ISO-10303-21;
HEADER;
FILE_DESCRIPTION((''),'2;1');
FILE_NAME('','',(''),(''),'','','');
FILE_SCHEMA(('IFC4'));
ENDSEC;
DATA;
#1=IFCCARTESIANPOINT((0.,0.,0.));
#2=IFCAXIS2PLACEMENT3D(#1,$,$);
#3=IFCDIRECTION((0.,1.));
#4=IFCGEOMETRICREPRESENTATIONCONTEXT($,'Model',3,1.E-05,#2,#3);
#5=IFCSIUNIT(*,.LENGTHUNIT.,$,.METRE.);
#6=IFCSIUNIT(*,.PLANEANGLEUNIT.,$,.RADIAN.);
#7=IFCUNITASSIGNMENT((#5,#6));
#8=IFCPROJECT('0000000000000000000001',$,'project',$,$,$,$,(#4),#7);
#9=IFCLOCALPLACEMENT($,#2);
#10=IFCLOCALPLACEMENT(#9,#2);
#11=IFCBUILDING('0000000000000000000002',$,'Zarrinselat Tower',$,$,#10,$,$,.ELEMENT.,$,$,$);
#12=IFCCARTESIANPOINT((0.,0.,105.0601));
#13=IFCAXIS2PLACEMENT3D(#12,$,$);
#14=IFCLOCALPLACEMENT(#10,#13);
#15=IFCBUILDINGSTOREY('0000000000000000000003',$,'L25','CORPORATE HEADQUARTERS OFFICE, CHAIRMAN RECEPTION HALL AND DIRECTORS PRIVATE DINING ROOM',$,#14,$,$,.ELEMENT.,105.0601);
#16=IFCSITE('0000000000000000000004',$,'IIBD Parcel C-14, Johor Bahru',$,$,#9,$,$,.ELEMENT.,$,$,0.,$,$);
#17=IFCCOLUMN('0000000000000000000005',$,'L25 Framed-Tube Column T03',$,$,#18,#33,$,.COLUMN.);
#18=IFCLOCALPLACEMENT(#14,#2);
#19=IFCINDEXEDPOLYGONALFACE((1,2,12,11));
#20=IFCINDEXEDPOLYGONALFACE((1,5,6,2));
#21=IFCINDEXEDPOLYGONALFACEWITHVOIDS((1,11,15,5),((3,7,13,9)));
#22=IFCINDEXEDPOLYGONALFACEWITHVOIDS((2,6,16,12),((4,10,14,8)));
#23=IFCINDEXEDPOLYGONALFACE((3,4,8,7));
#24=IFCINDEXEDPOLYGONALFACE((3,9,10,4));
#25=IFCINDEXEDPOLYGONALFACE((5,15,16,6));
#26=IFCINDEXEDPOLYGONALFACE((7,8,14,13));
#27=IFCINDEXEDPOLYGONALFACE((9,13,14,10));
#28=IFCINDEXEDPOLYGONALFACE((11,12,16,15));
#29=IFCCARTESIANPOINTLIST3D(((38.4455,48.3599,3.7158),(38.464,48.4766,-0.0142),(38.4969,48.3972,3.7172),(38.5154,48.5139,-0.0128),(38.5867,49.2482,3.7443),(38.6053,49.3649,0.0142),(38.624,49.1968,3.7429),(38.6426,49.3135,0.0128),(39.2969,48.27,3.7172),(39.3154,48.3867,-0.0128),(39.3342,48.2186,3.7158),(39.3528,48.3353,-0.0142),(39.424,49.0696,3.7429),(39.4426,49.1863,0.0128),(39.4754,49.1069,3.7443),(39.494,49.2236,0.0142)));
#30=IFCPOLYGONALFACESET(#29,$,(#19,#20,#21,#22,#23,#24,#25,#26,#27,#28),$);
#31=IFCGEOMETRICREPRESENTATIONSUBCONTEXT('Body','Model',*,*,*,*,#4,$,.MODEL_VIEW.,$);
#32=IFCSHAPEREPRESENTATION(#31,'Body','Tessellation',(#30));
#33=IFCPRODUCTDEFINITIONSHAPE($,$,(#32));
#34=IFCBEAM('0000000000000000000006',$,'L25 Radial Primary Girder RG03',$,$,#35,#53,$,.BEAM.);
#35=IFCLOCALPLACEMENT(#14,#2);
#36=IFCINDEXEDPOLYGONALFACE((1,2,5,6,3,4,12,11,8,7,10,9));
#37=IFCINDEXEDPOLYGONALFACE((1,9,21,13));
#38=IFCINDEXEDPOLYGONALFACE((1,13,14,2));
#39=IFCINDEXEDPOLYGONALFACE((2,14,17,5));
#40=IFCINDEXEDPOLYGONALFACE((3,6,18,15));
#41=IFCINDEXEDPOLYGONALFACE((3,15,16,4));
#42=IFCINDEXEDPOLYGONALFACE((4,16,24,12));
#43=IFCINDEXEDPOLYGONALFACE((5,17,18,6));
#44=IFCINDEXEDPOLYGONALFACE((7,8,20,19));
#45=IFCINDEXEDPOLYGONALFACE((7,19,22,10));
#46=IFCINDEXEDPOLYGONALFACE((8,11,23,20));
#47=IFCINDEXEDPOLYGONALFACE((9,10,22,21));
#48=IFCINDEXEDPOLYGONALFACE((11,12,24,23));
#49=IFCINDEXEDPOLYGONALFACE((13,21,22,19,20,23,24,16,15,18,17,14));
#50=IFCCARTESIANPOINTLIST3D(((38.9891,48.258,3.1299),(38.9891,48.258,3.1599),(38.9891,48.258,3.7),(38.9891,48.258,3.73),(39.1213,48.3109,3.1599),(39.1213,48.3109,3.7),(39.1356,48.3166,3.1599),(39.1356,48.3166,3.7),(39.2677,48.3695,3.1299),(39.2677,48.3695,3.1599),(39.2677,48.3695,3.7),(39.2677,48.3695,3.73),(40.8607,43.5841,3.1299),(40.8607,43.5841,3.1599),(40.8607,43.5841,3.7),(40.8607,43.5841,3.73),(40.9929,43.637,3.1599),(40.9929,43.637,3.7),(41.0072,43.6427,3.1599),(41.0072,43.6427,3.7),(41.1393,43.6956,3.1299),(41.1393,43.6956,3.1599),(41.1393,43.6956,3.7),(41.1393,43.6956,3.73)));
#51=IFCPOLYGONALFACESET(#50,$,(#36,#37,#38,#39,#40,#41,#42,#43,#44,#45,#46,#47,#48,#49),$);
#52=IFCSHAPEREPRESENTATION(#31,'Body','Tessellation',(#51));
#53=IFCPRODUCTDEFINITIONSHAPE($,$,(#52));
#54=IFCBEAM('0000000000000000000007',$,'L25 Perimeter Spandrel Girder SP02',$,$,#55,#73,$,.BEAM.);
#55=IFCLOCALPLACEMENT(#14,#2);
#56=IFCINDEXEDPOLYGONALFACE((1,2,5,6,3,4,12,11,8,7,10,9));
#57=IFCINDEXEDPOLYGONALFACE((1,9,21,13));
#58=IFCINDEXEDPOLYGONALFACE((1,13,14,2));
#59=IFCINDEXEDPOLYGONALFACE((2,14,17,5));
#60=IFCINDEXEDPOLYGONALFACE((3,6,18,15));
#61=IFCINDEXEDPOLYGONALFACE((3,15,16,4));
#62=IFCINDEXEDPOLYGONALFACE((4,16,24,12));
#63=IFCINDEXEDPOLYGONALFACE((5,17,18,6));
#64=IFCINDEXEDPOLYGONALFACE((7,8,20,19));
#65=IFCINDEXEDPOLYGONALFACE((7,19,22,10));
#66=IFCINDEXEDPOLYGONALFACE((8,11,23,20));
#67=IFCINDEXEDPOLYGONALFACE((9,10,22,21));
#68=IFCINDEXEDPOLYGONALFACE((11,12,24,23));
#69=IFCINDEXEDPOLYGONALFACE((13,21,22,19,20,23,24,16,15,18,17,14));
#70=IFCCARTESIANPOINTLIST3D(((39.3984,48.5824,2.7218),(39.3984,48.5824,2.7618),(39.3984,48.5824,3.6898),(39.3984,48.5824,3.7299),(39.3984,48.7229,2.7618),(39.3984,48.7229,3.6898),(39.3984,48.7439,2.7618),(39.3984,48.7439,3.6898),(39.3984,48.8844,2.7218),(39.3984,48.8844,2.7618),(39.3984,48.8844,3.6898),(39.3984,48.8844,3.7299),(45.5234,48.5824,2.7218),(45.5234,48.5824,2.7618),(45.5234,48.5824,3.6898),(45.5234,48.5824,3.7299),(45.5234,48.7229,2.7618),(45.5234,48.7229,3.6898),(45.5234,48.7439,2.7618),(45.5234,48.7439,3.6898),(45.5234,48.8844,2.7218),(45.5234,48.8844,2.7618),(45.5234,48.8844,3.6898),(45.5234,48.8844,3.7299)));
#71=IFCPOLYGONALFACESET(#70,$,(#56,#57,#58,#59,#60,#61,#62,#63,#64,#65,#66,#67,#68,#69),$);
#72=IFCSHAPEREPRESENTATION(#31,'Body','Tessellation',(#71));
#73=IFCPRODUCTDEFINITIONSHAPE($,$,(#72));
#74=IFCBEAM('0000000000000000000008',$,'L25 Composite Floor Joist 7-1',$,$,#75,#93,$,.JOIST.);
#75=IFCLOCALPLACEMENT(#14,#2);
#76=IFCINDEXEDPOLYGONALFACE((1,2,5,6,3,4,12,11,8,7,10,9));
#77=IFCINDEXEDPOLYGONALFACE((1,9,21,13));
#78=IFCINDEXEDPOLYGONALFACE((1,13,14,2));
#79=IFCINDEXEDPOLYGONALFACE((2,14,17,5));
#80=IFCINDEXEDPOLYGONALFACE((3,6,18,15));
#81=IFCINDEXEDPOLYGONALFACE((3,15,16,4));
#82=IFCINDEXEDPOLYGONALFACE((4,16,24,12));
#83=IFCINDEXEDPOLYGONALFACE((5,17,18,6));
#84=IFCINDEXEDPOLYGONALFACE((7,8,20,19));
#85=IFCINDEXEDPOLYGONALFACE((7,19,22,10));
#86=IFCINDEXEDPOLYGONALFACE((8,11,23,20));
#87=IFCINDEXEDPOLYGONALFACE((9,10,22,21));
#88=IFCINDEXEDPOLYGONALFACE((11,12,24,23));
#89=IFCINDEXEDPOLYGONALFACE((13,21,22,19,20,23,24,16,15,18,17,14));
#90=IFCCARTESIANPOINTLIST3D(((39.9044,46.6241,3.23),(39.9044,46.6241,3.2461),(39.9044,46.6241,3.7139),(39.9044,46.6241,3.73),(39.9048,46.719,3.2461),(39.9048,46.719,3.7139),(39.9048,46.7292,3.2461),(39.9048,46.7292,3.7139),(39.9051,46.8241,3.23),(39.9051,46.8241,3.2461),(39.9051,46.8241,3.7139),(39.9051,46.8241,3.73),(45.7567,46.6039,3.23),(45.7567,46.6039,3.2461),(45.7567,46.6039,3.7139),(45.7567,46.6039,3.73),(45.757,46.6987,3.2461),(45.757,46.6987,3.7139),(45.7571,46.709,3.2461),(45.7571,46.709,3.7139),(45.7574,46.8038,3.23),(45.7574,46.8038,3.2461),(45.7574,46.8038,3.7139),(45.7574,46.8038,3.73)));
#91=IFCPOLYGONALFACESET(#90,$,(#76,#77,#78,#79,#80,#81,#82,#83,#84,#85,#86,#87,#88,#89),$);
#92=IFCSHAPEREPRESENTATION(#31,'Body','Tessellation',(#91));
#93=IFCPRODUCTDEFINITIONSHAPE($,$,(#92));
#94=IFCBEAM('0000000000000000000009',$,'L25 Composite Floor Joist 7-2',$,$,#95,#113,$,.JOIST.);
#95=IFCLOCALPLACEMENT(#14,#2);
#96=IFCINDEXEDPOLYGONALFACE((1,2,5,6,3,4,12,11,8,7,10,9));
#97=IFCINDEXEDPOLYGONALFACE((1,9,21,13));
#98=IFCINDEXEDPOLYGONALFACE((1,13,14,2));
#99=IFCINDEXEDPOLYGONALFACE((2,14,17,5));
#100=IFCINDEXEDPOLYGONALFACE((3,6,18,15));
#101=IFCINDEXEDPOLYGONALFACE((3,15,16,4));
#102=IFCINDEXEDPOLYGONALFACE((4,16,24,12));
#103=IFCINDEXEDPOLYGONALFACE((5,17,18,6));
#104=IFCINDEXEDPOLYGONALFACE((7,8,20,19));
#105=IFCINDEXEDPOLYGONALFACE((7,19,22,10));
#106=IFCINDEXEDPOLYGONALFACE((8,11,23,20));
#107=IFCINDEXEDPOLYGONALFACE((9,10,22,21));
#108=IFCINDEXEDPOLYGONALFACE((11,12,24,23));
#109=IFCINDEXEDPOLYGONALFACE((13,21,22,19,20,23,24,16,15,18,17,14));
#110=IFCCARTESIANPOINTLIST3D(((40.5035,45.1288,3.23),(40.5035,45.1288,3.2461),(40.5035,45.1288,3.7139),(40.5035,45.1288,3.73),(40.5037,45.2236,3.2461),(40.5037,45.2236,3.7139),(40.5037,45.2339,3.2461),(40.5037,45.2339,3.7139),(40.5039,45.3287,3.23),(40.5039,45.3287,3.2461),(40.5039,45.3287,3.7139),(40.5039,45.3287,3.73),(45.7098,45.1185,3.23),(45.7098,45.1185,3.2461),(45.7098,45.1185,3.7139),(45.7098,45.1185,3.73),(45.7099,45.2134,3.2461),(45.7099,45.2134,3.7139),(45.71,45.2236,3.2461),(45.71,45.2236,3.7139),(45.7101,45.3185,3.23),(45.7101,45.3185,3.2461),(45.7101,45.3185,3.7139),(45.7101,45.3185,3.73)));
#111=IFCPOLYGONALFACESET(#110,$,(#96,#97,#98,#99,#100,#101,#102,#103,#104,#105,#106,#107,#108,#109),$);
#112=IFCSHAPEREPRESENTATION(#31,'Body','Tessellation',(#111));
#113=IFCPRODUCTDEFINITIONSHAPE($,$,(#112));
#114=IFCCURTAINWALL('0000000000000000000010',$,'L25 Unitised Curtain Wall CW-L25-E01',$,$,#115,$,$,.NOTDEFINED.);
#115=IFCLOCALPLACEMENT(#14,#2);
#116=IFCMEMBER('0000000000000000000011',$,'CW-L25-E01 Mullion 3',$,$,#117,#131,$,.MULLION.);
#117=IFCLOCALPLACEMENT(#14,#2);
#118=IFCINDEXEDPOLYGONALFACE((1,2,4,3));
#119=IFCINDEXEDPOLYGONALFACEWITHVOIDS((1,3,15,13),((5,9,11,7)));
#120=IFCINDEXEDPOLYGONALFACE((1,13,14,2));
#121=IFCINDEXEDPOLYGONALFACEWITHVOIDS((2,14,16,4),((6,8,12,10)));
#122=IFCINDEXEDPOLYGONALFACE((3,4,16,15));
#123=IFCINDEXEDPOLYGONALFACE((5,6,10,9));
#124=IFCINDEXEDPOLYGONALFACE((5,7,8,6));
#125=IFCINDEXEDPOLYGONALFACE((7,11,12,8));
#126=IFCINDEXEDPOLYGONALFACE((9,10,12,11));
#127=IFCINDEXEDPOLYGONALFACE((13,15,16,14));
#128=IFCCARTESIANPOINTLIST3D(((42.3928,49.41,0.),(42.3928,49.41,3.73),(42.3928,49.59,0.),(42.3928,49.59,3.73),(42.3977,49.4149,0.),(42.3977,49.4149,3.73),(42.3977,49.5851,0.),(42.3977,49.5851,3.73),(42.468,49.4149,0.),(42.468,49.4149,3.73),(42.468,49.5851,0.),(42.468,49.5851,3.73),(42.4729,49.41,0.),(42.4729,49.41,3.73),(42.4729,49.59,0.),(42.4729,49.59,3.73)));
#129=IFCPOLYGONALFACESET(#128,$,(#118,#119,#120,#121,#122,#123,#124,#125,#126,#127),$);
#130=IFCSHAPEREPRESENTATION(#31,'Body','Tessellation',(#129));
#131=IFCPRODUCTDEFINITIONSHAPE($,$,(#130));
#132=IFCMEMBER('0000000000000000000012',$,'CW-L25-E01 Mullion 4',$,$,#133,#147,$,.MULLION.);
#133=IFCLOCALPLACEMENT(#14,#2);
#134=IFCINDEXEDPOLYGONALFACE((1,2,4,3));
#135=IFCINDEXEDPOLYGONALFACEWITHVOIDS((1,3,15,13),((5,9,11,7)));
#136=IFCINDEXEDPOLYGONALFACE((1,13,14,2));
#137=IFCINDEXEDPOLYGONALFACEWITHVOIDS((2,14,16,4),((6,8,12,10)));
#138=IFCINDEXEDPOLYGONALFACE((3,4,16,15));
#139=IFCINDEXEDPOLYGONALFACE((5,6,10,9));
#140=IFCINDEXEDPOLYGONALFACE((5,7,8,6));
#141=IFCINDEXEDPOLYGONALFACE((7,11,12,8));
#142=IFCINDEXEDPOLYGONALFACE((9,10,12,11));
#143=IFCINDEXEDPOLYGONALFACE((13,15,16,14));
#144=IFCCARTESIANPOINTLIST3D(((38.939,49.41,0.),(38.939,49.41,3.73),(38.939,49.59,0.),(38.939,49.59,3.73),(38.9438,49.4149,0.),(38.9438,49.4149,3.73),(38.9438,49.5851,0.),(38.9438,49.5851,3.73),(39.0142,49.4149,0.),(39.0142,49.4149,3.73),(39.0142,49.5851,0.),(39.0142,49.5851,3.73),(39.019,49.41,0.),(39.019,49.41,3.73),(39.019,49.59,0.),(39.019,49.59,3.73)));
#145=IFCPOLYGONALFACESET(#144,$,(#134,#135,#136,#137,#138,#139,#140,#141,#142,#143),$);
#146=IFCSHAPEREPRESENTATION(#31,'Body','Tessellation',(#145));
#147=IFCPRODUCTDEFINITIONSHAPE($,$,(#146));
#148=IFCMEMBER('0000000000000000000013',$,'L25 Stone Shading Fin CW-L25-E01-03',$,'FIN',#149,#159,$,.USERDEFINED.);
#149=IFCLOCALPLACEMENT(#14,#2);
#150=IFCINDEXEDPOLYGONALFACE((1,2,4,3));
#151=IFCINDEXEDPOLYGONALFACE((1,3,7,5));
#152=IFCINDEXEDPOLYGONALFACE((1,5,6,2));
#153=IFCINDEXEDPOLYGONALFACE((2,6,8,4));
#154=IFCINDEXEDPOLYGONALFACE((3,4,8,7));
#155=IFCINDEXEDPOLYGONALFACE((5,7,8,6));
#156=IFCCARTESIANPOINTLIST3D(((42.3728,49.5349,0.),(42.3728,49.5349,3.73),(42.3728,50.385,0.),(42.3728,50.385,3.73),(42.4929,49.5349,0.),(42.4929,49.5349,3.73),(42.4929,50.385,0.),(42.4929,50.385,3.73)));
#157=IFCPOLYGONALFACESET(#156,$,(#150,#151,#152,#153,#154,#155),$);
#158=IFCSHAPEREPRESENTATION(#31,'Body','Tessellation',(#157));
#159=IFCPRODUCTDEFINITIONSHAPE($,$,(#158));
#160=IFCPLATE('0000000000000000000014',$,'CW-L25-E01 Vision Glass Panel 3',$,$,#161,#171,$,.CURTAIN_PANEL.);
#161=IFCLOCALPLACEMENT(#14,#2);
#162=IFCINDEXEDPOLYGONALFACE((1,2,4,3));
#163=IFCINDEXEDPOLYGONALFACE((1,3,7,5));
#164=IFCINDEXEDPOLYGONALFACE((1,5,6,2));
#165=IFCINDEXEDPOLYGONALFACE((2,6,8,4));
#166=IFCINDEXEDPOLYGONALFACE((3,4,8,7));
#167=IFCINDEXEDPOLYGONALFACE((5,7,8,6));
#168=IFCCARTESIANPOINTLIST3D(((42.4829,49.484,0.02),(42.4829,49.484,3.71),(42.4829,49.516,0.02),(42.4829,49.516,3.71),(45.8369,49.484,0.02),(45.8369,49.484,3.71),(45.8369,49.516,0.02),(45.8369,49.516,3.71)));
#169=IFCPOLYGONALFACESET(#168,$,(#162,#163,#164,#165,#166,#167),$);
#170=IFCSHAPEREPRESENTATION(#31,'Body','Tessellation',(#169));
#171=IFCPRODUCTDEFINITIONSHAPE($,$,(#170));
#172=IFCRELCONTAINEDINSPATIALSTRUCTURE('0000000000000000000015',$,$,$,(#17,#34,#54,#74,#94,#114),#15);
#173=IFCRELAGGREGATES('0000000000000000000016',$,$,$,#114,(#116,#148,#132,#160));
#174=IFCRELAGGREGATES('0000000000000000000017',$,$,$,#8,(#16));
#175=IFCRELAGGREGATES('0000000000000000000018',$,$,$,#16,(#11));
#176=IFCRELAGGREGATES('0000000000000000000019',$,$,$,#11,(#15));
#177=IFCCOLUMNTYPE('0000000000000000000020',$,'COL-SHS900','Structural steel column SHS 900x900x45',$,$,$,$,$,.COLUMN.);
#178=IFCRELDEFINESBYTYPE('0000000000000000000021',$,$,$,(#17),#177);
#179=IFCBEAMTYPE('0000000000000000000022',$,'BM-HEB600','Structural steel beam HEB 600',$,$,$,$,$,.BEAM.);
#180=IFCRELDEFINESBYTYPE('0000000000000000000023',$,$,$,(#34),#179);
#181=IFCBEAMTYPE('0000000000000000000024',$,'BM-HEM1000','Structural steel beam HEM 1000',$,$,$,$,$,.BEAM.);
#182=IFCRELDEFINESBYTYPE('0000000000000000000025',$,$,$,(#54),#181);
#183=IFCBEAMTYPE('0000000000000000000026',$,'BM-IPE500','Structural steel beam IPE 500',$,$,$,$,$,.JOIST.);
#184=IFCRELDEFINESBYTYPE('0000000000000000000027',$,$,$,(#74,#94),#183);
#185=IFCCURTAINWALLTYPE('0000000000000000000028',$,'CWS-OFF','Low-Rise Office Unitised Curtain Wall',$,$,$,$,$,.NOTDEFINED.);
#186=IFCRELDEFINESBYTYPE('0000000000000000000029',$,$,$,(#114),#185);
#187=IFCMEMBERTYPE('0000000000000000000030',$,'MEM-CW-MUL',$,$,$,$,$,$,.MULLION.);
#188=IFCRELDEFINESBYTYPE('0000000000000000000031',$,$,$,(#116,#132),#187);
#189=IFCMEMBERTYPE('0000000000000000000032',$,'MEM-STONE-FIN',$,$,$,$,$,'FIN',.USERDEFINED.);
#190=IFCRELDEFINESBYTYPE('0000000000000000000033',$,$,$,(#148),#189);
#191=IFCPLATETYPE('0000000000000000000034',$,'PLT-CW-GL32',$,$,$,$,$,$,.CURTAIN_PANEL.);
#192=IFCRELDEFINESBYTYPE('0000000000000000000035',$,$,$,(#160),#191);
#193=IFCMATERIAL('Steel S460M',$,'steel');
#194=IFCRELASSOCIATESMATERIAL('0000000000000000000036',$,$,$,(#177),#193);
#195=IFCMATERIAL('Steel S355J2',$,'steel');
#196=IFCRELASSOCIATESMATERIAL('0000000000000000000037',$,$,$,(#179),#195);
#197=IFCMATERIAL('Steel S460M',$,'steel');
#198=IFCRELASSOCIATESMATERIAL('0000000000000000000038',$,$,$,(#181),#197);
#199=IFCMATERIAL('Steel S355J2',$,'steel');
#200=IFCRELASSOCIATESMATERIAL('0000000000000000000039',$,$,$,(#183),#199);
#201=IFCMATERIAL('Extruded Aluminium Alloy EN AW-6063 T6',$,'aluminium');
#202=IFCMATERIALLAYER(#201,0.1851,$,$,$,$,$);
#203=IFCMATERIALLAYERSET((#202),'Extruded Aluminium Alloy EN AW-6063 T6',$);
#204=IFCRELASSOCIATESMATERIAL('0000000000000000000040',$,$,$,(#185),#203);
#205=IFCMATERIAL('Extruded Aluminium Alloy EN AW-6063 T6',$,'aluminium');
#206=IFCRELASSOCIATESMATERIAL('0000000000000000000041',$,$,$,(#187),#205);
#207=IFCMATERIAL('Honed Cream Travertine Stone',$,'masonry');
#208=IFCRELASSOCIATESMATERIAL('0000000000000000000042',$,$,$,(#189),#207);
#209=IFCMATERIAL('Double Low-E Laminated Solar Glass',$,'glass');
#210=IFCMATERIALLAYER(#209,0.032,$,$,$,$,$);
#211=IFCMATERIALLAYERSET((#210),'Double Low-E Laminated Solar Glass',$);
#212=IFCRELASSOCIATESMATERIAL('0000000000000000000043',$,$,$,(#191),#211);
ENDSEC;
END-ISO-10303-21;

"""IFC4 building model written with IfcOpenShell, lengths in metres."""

from ifc_helpers import new_model, si_unit, direction, frame, origin, origin_2d, place, context, subcontext, project, spatial, rectangle, hollow_rectangle, i_section, extrude, material, layer, layer_set, material_profile, profile_set, type_object, element, aggregate, save


model = new_model("IFC4")

# Units and contexts
model_context = context("Model", 3, precision=1e-05, world=origin(), true_north=direction((0.0, 1.0)))
body_context = subcontext(model_context, "Body", "Model", "MODEL_VIEW")
ifc_project = project(units=[si_unit("LENGTHUNIT", "METRE"), si_unit("PLANEANGLEUNIT", "RADIAN")], contexts=[model_context])

# Site, building, storey
site_placement = place(None, origin())
site = spatial("IfcSite", under=ifc_project, at=site_placement, Name="IIBD Parcel C-14, Johor Bahru", CompositionType="ELEMENT", RefElevation=0.0)
building_placement = place(site_placement, origin())
building = spatial("IfcBuilding", under=site, at=building_placement, Name="Zarrinselat Tower", CompositionType="ELEMENT")
storey_placement = place(building_placement, frame((0.0, 0.0, 105.0601)))
storey = spatial("IfcBuildingStorey", under=building, at=storey_placement, Name="L25", Description="CORPORATE HEADQUARTERS OFFICE, CHAIRMAN RECEPTION HALL AND DIRECTORS PRIVATE DINING ROOM", CompositionType="ELEMENT", Elevation=105.0601)

# Column
ifc_material_1 = material(Name="Steel S460M", Category="steel")
ifc_material_profile_1 = material_profile(ifc_material_1, hollow_rectangle(XDim=0.8999, YDim=0.8999, WallThickness=0.0449, at=origin_2d()), Name="SHS 900x900x45")
ifc_profile_set_1 = profile_set([ifc_material_profile_1], Name="Steel S460M")
column_type = type_object("IfcColumnType", Name="COL-SHS900", Description="Structural steel column SHS 900x900x45", PredefinedType="COLUMN", material=ifc_profile_set_1)
column_placement = place(storey_placement, frame((38.979, 48.8501, 0.0), z_axis=(-0.004972, -0.031271, 0.999499), x_axis=(0.987595, -0.157023, 0.0)))
element("IfcColumn", 1, at=column_placement, inside=storey, type_object=column_type, Name="L25 Framed-Tube Column T03", PredefinedType="COLUMN", context=body_context, shape_type="SweptSolid", body=[
    extrude(hollow_rectangle(XDim=0.8999, YDim=0.8999, WallThickness=0.0449, at=origin_2d()), origin(), (0.0, 0.0, 1.0), 3.7319),
])

# Beams
ifc_material_2 = material(Name="Steel S355J2", Category="steel")
ifc_material_profile_2 = material_profile(ifc_material_2, i_section(OverallWidth=0.3, OverallDepth=0.6001, WebThickness=0.0154, FlangeThickness=0.03, at=origin_2d()), Name="HEB 600")
ifc_profile_set_2 = profile_set([ifc_material_profile_2], Name="Steel S355J2")
beam_type_1 = type_object("IfcBeamType", Name="BM-HEB600", Description="Structural steel beam HEB 600", PredefinedType="BEAM", material=ifc_profile_set_2)
beam_1_placement = place(storey_placement, frame((39.1284, 48.3137, 3.4299), z_axis=(0.371742, -0.928336, 0.0), x_axis=(0.928336, 0.371742, 0.0)))
element("IfcBeam", 2, at=beam_1_placement, inside=storey, type_object=beam_type_1, Name="L25 Radial Primary Girder RG03", PredefinedType="BEAM", context=body_context, shape_type="SweptSolid", body=[
    extrude(i_section(OverallWidth=0.3, OverallDepth=0.6001, WebThickness=0.0154, FlangeThickness=0.03, at=origin_2d()), origin(), (0.0, 0.0, 1.0), 5.0347),
])
ifc_material_3 = material(Name="Steel S460M", Category="steel")
ifc_material_profile_3 = material_profile(ifc_material_3, i_section(OverallWidth=0.302, OverallDepth=1.0081, WebThickness=0.021, FlangeThickness=0.04, at=origin_2d()), Name="HEM 1000")
ifc_profile_set_3 = profile_set([ifc_material_profile_3], Name="Steel S460M")
beam_type_2 = type_object("IfcBeamType", Name="BM-HEM1000", Description="Structural steel beam HEM 1000", PredefinedType="BEAM", material=ifc_profile_set_3)
beam_2_placement = place(storey_placement, frame((39.3984, 48.7334, 3.2258), z_axis=(1.0, 0.0, 0.0), x_axis=(0.0, 1.0, 0.0)))
element("IfcBeam", 3, at=beam_2_placement, inside=storey, type_object=beam_type_2, Name="L25 Perimeter Spandrel Girder SP02", PredefinedType="BEAM", context=body_context, shape_type="SweptSolid", body=[
    extrude(i_section(OverallWidth=0.302, OverallDepth=1.0081, WebThickness=0.021, FlangeThickness=0.04, at=origin_2d()), origin(), (0.0, 0.0, 1.0), 6.125),
])
ifc_material_4 = material(Name="Steel S355J2", Category="steel")
ifc_material_profile_4 = material_profile(ifc_material_4, i_section(OverallWidth=0.2, OverallDepth=0.5, WebThickness=0.0103, FlangeThickness=0.0161, at=origin_2d()), Name="IPE 500")
ifc_profile_set_4 = profile_set([ifc_material_profile_4], Name="Steel S355J2")
beam_type_3 = type_object("IfcBeamType", Name="BM-IPE500", Description="Structural steel beam IPE 500", PredefinedType="JOIST", material=ifc_profile_set_4)
beam_3_placement = place(storey_placement, frame((39.9048, 46.7241, 3.48), z_axis=(0.999994, -0.003462, 0.0), x_axis=(0.003462, 0.999994, 0.0)))
element("IfcBeam", 4, at=beam_3_placement, inside=storey, type_object=beam_type_3, Name="L25 Composite Floor Joist 7-1", PredefinedType="JOIST", context=body_context, shape_type="SweptSolid", body=[
    extrude(i_section(OverallWidth=0.2, OverallDepth=0.5, WebThickness=0.0103, FlangeThickness=0.0161, at=origin_2d()), origin(), (0.0, 0.0, 1.0), 5.8523),
])
beam_4_placement = place(storey_placement, frame((40.5037, 45.2288, 3.48), z_axis=(0.999998, -0.00197, 0.0), x_axis=(0.00197, 0.999998, 0.0)))
element("IfcBeam", 5, at=beam_4_placement, inside=storey, type_object=beam_type_3, Name="L25 Composite Floor Joist 7-2", PredefinedType="JOIST", context=body_context, shape_type="SweptSolid", body=[
    extrude(i_section(OverallWidth=0.2, OverallDepth=0.5, WebThickness=0.0103, FlangeThickness=0.0161, at=origin_2d()), origin(), (0.0, 0.0, 1.0), 5.2063),
])

# Curtain wall, members, plate
ifc_material_5 = material(Name="Extruded Aluminium Alloy EN AW-6063 T6", Category="aluminium")
ifc_layer_1 = layer(ifc_material_5, 0.1851)
ifc_layer_set_1 = layer_set([ifc_layer_1], Name="Extruded Aluminium Alloy EN AW-6063 T6")
curtain_wall_type = type_object("IfcCurtainWallType", Name="CWS-OFF", Description="Low-Rise Office Unitised Curtain Wall", PredefinedType="NOTDEFINED", material=ifc_layer_set_1)
curtain_wall_placement = place(storey_placement, origin())
curtain_wall = element("IfcCurtainWall", 6, at=curtain_wall_placement, inside=storey, type_object=curtain_wall_type, Name="L25 Unitised Curtain Wall CW-L25-E01", PredefinedType="NOTDEFINED")
ifc_material_6 = material(Name="Extruded Aluminium Alloy EN AW-6063 T6", Category="aluminium")
ifc_material_profile_5 = material_profile(ifc_material_6, hollow_rectangle(XDim=0.0801, YDim=0.1799, WallThickness=0.0049, at=origin_2d()), Name="RHS 180x80x5")
ifc_profile_set_5 = profile_set([ifc_material_profile_5], Name="Extruded Aluminium Alloy EN AW-6063 T6")
member_type_1 = type_object("IfcMemberType", Name="MEM-CW-MUL", PredefinedType="MULLION", material=ifc_profile_set_5)
member_1_placement = place(storey_placement, frame((42.4329, 49.5, 0.0), z_axis=(0.0, 0.0, 1.0), x_axis=(-1.0, 0.0, 0.0)))
member_1 = element("IfcMember", 7, at=member_1_placement, type_object=member_type_1, Name="CW-L25-E01 Mullion 3", PredefinedType="MULLION", context=body_context, shape_type="SweptSolid", body=[
    extrude(hollow_rectangle(XDim=0.0801, YDim=0.1799, WallThickness=0.0049, at=origin_2d()), origin(), (0.0, 0.0, 1.0), 3.73),
])
member_2_placement = place(storey_placement, frame((38.979, 49.5, 0.0), z_axis=(0.0, 0.0, 1.0), x_axis=(-1.0, 0.0, 0.0)))
member_2 = element("IfcMember", 8, at=member_2_placement, type_object=member_type_1, Name="CW-L25-E01 Mullion 4", PredefinedType="MULLION", context=body_context, shape_type="SweptSolid", body=[
    extrude(hollow_rectangle(XDim=0.0801, YDim=0.1799, WallThickness=0.0049, at=origin_2d()), origin(), (0.0, 0.0, 1.0), 3.73),
])
ifc_material_7 = material(Name="Honed Cream Travertine Stone", Category="masonry")
ifc_material_profile_6 = material_profile(ifc_material_7, rectangle(XDim=0.1201, YDim=0.8501, at=origin_2d()), Name="FIN 850x120")
ifc_profile_set_6 = profile_set([ifc_material_profile_6], Name="Honed Cream Travertine Stone")
member_type_2 = type_object("IfcMemberType", Name="MEM-STONE-FIN", ElementType="FIN", PredefinedType="USERDEFINED", material=ifc_profile_set_6)
member_3_placement = place(storey_placement, frame((42.4329, 49.96, 0.0), z_axis=(0.0, 0.0, 1.0), x_axis=(1.0, 0.0, 0.0)))
member_3 = element("IfcMember", 9, at=member_3_placement, type_object=member_type_2, Name="L25 Stone Shading Fin CW-L25-E01-03", ObjectType="FIN", PredefinedType="USERDEFINED", context=body_context, shape_type="SweptSolid", body=[
    extrude(rectangle(XDim=0.1201, YDim=0.8501, at=origin_2d()), origin(), (0.0, 0.0, 1.0), 3.73),
])
ifc_material_8 = material(Name="Double Low-E Laminated Solar Glass", Category="glass")
ifc_layer_2 = layer(ifc_material_8, 0.032)
ifc_layer_set_2 = layer_set([ifc_layer_2], Name="Double Low-E Laminated Solar Glass")
plate_type = type_object("IfcPlateType", Name="PLT-CW-GL32", PredefinedType="CURTAIN_PANEL", material=ifc_layer_set_2)
plate_1_placement = place(storey_placement, frame((44.1599, 49.5, 0.02), z_axis=(0.0, 0.0, 1.0), x_axis=(-1.0, 0.0, 0.0)))
plate_1 = element("IfcPlate", 10, at=plate_1_placement, type_object=plate_type, Name="CW-L25-E01 Vision Glass Panel 3", PredefinedType="CURTAIN_PANEL", context=body_context, shape_type="SweptSolid", body=[
    extrude(rectangle(XDim=3.354, YDim=0.032, at=origin_2d()), origin(), (0.0, 0.0, 1.0), 3.6899),
])
aggregate(curtain_wall, [member_1, member_3, member_2, plate_1])

save(model, "model.ifc")
